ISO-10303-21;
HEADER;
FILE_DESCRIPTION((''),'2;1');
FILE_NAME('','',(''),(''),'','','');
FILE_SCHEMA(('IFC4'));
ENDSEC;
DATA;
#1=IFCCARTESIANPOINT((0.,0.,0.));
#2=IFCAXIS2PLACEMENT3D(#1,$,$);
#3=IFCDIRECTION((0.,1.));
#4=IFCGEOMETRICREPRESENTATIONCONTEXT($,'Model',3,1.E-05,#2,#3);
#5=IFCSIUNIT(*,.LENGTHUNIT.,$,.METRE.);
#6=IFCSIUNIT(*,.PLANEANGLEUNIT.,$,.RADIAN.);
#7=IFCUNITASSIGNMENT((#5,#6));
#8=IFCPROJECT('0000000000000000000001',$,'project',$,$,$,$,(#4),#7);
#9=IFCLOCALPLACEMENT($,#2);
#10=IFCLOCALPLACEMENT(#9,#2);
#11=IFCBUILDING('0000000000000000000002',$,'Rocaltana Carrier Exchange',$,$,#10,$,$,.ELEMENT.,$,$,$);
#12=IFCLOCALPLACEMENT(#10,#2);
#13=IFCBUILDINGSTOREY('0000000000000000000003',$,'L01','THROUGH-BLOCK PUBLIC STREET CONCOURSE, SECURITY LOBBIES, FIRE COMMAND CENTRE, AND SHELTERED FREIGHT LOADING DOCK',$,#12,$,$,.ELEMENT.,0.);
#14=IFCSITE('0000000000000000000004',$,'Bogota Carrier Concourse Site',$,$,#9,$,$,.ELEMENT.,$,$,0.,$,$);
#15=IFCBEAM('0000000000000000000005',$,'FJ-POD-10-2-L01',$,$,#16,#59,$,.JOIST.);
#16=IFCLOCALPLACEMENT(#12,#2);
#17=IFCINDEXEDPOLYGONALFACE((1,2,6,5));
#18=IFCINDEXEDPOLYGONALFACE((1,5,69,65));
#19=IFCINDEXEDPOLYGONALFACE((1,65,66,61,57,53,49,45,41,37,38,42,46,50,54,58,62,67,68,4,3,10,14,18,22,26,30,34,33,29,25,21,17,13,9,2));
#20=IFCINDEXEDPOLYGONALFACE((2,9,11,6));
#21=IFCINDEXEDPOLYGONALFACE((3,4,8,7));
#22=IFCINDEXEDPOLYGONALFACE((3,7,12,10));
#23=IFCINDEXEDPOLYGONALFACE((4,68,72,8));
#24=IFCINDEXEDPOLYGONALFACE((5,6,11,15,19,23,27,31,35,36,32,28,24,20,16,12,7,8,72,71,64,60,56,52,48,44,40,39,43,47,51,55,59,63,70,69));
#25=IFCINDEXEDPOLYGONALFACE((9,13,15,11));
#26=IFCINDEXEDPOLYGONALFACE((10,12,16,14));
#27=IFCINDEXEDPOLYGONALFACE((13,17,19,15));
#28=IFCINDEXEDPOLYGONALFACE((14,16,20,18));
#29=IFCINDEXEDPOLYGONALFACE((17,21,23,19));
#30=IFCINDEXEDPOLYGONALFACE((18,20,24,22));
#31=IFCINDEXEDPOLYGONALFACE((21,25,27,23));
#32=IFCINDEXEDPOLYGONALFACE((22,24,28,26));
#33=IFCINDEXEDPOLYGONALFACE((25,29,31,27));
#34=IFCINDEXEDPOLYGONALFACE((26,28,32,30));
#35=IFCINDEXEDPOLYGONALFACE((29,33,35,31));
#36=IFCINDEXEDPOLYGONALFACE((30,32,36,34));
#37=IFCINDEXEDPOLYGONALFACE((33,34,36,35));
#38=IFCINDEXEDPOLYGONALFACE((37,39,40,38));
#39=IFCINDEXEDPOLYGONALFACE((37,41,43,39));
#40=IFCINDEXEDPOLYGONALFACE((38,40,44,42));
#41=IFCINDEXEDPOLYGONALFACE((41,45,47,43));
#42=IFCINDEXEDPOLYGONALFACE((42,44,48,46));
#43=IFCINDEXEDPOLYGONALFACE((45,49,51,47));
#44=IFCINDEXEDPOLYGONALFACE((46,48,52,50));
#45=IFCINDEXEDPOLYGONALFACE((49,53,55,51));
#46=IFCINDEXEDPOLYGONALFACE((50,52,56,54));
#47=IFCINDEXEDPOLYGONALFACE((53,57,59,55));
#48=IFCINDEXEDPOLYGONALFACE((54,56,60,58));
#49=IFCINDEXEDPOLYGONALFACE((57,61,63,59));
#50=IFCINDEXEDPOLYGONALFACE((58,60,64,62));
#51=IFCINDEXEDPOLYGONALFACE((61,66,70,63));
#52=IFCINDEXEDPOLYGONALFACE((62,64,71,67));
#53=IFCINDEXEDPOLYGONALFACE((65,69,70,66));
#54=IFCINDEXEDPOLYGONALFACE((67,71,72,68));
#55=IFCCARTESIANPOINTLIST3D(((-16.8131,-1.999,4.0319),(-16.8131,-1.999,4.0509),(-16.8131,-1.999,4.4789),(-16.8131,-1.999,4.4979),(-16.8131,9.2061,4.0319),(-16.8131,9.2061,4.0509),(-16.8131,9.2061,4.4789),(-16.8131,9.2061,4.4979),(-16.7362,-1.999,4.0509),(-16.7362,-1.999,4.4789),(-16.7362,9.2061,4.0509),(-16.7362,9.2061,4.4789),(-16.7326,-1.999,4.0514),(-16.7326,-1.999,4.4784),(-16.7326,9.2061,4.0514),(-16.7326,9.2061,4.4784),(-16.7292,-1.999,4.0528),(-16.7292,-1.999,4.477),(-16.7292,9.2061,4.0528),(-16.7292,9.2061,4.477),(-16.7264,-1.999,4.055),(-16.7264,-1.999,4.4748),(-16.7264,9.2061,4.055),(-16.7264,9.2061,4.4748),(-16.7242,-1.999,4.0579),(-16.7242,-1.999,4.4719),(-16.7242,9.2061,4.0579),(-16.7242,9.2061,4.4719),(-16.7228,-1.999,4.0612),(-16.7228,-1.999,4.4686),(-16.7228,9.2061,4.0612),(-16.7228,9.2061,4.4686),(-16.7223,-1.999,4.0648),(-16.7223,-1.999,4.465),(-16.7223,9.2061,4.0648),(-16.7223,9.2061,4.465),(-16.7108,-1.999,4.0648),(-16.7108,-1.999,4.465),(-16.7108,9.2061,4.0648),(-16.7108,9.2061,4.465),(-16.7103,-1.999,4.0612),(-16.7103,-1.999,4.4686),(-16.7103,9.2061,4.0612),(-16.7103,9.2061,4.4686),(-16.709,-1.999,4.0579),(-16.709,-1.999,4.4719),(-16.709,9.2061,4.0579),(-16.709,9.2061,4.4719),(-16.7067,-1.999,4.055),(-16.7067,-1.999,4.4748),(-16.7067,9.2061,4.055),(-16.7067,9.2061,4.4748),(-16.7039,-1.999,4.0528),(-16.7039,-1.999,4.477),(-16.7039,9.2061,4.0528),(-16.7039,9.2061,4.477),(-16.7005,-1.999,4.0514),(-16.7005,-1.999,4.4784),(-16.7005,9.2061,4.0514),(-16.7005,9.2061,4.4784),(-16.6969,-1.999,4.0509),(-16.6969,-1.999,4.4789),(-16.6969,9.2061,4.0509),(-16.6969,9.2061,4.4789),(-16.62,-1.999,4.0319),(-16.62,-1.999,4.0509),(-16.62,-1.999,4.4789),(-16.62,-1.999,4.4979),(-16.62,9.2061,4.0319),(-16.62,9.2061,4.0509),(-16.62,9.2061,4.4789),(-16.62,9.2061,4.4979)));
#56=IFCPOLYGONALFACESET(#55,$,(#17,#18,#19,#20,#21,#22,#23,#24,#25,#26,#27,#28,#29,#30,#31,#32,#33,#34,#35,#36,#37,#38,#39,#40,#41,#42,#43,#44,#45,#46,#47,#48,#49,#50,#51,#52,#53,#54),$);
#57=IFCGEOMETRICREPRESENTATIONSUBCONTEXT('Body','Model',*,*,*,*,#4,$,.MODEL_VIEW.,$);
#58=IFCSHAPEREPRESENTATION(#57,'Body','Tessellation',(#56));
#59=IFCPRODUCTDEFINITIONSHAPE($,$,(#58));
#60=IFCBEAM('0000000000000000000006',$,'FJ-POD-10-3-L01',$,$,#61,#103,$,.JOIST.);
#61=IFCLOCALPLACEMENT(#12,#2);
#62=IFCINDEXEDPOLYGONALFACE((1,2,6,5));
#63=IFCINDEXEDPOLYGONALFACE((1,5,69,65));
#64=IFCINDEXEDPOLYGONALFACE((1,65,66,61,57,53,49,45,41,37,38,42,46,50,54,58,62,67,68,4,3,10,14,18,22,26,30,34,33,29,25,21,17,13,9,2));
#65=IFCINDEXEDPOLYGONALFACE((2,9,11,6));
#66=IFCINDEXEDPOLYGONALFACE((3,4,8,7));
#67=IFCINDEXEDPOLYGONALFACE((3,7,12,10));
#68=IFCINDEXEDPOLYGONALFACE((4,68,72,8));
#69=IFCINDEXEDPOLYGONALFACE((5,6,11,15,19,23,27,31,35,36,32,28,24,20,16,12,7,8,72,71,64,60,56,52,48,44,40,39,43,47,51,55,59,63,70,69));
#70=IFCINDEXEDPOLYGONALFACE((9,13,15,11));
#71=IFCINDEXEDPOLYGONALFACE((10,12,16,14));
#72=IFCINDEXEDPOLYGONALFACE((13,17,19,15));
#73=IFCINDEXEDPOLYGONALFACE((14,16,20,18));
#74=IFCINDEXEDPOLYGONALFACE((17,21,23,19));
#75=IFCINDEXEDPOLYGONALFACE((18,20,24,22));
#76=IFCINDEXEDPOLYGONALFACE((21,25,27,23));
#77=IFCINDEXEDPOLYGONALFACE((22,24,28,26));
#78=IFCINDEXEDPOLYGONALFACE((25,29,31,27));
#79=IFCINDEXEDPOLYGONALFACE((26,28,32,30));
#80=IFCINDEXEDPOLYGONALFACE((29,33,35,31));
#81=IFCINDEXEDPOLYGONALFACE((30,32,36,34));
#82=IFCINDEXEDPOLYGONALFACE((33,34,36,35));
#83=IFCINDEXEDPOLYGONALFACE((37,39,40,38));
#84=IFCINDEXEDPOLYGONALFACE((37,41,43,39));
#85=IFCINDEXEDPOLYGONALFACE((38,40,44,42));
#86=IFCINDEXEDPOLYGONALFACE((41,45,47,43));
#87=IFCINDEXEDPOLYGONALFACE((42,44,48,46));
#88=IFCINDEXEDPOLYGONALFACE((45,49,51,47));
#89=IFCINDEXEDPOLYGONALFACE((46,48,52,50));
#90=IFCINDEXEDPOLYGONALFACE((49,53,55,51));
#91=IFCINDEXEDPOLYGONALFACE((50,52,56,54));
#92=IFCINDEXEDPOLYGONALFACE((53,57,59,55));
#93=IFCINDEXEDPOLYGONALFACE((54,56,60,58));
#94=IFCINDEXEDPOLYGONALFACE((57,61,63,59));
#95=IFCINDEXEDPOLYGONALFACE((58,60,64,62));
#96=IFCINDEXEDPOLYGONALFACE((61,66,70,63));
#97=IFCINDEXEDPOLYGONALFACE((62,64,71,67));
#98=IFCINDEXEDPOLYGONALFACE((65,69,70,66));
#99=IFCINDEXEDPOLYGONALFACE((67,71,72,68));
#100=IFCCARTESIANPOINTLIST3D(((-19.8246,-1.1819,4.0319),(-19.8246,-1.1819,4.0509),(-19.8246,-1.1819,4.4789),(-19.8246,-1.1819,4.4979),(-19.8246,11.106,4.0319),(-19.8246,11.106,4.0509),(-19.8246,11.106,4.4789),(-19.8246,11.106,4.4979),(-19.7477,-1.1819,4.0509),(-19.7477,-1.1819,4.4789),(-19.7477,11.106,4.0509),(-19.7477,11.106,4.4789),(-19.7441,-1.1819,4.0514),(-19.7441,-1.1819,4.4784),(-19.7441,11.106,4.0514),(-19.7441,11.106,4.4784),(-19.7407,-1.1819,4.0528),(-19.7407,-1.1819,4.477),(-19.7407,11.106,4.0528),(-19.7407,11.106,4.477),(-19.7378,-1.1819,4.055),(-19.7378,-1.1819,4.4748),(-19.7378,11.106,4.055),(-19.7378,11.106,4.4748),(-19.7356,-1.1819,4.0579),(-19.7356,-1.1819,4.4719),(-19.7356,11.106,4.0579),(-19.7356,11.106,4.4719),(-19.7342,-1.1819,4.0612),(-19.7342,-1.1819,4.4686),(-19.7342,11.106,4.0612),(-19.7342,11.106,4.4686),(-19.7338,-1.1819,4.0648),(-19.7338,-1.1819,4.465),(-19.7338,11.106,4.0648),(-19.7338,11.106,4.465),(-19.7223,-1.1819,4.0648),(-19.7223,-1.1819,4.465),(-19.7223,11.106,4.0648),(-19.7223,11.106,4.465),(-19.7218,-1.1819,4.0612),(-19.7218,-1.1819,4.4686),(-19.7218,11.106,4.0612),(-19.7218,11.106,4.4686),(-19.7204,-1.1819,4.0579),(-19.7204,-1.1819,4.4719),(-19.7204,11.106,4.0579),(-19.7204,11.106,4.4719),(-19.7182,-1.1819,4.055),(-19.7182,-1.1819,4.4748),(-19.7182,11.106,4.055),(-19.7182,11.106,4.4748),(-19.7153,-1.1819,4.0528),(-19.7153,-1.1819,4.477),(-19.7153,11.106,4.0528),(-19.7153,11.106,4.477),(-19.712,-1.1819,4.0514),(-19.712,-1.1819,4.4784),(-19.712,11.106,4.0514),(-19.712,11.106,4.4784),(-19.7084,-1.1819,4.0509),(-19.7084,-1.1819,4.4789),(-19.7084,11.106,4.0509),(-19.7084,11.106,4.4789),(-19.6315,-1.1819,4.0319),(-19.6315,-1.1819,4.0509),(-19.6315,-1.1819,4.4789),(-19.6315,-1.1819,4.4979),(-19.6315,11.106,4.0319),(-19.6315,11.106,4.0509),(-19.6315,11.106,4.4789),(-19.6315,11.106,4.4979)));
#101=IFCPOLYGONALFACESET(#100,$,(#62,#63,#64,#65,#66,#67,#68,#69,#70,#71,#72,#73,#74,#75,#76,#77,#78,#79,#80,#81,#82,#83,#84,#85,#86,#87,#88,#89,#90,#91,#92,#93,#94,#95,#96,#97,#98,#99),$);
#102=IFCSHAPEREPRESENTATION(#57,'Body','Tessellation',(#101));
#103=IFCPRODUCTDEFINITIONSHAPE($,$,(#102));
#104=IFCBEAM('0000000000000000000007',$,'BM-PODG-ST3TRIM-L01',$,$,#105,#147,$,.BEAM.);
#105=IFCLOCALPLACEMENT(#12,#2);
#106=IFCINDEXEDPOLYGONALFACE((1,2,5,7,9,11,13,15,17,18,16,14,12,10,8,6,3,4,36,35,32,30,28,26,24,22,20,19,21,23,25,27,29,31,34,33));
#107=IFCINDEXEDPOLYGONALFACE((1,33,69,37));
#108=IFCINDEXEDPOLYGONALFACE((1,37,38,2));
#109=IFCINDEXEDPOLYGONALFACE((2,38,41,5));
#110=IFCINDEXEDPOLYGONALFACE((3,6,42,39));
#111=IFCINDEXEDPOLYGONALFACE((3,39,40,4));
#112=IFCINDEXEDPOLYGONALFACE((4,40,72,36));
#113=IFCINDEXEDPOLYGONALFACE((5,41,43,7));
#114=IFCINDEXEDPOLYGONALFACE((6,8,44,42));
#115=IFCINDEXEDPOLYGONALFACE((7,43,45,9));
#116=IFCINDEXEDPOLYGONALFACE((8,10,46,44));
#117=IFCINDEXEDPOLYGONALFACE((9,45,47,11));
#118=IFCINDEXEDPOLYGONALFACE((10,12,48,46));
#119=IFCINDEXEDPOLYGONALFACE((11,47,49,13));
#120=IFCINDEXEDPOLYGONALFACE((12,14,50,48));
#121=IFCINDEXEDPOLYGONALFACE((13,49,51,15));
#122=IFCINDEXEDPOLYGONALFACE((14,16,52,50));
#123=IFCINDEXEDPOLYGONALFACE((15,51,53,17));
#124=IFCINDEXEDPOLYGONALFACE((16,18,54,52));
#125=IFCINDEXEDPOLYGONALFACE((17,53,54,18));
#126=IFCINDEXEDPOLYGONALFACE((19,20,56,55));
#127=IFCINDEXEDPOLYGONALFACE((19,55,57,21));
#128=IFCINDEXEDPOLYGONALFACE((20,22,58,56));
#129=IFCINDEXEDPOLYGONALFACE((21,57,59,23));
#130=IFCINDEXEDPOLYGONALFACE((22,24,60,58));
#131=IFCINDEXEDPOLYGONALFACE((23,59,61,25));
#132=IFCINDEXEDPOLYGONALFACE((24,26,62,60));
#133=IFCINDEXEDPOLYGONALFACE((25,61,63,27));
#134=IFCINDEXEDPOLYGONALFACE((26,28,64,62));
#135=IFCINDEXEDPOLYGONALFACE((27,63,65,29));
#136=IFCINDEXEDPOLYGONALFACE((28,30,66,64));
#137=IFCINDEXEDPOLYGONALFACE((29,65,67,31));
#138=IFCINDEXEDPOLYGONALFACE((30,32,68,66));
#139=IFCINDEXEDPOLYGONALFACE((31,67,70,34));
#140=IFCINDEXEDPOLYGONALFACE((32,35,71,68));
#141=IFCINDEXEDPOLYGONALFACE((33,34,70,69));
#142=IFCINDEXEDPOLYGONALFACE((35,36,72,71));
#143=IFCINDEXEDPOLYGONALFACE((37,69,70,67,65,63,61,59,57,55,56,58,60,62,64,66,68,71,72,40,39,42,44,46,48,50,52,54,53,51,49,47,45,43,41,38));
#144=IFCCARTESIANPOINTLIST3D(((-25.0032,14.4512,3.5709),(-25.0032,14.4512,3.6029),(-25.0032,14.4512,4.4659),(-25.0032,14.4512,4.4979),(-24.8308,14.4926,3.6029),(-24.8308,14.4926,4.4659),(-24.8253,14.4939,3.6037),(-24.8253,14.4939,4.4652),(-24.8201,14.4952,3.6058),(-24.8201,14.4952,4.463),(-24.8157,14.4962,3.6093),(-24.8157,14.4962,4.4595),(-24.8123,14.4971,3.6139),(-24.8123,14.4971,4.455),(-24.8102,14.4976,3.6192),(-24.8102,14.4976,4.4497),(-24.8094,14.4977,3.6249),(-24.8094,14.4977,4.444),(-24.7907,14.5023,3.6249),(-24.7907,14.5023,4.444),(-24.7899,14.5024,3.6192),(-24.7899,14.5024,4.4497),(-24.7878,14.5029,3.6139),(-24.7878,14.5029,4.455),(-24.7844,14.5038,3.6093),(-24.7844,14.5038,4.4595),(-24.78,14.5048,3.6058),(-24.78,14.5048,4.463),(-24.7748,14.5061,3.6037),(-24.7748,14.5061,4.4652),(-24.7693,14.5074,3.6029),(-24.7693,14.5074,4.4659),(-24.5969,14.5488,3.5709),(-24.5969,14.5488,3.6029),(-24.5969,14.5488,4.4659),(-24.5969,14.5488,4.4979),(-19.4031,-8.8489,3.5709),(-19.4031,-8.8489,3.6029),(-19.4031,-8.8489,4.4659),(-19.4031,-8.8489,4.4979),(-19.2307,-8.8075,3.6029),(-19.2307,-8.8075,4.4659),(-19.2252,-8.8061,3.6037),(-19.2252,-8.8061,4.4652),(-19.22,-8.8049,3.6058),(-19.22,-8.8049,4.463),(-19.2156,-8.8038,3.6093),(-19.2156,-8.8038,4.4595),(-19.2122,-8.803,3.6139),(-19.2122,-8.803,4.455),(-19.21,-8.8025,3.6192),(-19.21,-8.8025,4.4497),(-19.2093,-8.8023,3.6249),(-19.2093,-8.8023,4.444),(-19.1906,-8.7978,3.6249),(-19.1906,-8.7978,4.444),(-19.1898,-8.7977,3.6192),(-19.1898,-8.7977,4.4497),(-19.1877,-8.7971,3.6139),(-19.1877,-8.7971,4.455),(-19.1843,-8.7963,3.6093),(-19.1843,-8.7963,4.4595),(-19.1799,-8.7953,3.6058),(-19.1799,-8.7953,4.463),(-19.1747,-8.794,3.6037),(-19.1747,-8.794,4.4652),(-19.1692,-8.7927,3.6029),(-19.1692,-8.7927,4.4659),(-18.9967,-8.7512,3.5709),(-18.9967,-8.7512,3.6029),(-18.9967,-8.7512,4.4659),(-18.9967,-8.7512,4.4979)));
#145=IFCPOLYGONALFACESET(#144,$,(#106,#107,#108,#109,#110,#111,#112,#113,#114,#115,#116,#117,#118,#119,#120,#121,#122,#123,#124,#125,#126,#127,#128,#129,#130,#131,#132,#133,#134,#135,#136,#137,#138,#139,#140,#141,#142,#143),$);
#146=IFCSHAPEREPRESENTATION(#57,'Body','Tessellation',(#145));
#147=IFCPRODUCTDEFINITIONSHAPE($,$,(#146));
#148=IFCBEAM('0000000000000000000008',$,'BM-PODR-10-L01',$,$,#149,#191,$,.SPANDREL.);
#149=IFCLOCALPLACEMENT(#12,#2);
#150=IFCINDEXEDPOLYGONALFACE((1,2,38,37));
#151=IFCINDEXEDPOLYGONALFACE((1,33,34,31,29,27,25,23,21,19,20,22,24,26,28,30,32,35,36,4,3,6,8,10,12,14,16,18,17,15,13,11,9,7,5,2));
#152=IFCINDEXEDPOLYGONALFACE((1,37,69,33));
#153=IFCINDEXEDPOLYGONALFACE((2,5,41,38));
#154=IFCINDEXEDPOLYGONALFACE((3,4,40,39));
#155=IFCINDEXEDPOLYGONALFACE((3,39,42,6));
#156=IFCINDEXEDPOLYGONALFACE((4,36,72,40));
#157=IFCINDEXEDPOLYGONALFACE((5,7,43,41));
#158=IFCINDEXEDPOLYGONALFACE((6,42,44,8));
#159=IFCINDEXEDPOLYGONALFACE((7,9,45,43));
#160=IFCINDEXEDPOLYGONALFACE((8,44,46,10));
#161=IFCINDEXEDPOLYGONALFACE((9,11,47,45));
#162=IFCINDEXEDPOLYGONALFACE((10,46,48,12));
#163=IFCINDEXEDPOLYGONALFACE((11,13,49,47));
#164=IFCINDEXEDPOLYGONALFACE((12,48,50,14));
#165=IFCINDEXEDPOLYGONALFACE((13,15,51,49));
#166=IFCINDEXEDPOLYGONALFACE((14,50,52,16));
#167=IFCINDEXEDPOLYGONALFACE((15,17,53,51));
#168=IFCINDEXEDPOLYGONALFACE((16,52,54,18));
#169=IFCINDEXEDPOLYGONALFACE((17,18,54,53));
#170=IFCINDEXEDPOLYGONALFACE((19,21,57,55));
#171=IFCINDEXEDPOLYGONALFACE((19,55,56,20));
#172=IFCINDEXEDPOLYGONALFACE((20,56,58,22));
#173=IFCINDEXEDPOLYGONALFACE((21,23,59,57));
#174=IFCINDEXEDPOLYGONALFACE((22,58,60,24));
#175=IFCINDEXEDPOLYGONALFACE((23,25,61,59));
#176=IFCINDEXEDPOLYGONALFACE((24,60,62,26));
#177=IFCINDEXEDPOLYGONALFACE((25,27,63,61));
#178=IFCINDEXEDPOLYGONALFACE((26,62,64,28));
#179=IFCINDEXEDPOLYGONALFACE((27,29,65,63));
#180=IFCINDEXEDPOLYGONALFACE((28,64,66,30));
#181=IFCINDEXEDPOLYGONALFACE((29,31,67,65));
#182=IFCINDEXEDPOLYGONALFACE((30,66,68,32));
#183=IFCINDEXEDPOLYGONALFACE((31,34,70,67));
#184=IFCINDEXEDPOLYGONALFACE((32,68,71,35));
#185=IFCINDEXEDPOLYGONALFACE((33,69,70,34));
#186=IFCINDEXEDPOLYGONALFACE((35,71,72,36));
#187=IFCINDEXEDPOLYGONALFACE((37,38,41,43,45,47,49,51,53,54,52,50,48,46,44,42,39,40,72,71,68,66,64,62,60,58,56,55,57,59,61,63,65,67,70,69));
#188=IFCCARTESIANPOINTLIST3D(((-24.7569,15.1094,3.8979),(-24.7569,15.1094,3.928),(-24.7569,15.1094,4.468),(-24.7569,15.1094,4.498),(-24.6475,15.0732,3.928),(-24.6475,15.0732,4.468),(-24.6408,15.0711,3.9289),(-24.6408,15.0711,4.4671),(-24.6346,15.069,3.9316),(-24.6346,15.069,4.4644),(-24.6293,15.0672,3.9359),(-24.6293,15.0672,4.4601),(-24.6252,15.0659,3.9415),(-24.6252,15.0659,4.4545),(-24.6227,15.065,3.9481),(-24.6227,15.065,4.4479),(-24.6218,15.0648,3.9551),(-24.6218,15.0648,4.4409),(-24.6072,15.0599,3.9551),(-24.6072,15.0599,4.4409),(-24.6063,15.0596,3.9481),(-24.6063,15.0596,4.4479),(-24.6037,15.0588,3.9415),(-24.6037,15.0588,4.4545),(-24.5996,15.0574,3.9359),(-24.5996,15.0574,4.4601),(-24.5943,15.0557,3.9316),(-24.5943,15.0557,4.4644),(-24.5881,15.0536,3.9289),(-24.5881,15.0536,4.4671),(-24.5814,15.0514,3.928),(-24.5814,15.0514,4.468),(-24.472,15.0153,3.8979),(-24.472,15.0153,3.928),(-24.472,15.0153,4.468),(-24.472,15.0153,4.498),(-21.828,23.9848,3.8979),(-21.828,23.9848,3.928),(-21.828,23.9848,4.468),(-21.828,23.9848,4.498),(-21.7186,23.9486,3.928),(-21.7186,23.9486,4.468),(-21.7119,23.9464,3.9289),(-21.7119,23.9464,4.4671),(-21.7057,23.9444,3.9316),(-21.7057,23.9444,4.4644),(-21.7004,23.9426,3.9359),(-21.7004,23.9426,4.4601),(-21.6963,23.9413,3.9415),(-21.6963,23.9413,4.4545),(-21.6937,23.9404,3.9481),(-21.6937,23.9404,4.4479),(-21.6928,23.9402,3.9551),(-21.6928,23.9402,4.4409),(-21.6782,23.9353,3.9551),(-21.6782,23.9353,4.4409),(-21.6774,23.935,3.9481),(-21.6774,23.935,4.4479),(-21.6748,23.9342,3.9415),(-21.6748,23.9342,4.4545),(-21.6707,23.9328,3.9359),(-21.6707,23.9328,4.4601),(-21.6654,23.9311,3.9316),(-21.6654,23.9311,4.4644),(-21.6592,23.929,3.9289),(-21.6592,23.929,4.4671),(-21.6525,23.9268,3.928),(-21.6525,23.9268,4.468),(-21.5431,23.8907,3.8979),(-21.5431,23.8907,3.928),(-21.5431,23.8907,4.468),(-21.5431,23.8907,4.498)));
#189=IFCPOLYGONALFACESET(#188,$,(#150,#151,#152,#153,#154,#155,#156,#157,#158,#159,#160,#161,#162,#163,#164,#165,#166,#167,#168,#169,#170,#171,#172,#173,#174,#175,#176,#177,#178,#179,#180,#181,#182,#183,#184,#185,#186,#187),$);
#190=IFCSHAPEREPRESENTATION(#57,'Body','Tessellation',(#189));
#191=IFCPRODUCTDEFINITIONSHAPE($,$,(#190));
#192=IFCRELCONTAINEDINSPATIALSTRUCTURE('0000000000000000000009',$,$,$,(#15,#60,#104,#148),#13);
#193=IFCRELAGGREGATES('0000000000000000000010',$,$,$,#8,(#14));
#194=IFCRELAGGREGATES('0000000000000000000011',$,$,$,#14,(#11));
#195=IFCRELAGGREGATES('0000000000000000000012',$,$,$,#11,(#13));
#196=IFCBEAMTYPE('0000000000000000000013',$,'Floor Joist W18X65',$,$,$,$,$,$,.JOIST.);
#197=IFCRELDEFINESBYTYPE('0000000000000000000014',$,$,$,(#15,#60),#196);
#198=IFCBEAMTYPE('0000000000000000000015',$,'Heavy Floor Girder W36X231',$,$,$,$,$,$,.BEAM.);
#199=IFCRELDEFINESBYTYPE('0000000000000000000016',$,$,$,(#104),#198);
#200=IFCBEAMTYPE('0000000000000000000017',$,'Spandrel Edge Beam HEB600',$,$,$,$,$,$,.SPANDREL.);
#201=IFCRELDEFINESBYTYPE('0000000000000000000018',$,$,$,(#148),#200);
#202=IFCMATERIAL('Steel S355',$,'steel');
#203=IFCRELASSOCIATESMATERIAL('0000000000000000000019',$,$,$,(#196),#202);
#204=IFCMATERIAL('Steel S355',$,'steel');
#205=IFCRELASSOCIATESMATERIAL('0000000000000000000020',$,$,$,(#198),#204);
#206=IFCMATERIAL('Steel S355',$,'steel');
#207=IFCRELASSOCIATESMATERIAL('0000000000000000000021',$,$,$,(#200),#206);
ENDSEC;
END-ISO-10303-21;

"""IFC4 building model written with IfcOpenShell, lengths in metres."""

from ifc_helpers import new_model, si_unit, direction, frame, origin, origin_2d, place, context, subcontext, project, spatial, i_section, extrude, material, material_profile, profile_set, type_object, element, save


model = new_model("IFC4")

# Units and contexts
model_context = context("Model", 3, precision=1e-05, world=origin(), true_north=direction((0.0, 1.0)))
body_context = subcontext(model_context, "Body", "Model", "MODEL_VIEW")
ifc_project = project(units=[si_unit("LENGTHUNIT", "METRE"), si_unit("PLANEANGLEUNIT", "RADIAN")], contexts=[model_context])

# Site, building, storey
site_placement = place(None, origin())
site = spatial("IfcSite", under=ifc_project, at=site_placement, Name="Bogota Carrier Concourse Site", CompositionType="ELEMENT", RefElevation=0.0)
building_placement = place(site_placement, origin())
building = spatial("IfcBuilding", under=site, at=building_placement, Name="Rocaltana Carrier Exchange", CompositionType="ELEMENT")
storey_placement = place(building_placement, origin())
storey = spatial("IfcBuildingStorey", under=building, at=storey_placement, Name="L01", Description="THROUGH-BLOCK PUBLIC STREET CONCOURSE, SECURITY LOBBIES, FIRE COMMAND CENTRE, AND SHELTERED FREIGHT LOADING DOCK", CompositionType="ELEMENT", Elevation=0.0)

# Beams
ifc_material_1 = material(Name="Steel S355", Category="steel")
ifc_material_profile_1 = material_profile(ifc_material_1, i_section(OverallWidth=0.1931, OverallDepth=0.4661, WebThickness=0.0115, FlangeThickness=0.019, FilletRadius=0.0139, at=origin_2d()), Name="W18X65")
ifc_profile_set_1 = profile_set([ifc_material_profile_1], Name="Steel S355")
beam_type_1 = type_object("IfcBeamType", Name="Floor Joist W18X65", PredefinedType="JOIST", material=ifc_profile_set_1)
beam_1_placement = place(storey_placement, frame((-16.7166, 9.2061, 4.2649), z_axis=(0.0, -1.0, 0.0), x_axis=(1.0, 0.0, 0.0)))
element("IfcBeam", 1, at=beam_1_placement, inside=storey, type_object=beam_type_1, Name="FJ-POD-10-2-L01", PredefinedType="JOIST", context=body_context, shape_type="SweptSolid", body=[
    extrude(i_section(OverallWidth=0.1931, OverallDepth=0.4661, WebThickness=0.0115, FlangeThickness=0.019, FilletRadius=0.0139, at=origin_2d()), origin(), (0.0, 0.0, 1.0), 11.2051),
])
beam_2_placement = place(storey_placement, frame((-19.728, 11.106, 4.2649), z_axis=(0.0, -1.0, 0.0), x_axis=(1.0, 0.0, 0.0)))
element("IfcBeam", 2, at=beam_2_placement, inside=storey, type_object=beam_type_1, Name="FJ-POD-10-3-L01", PredefinedType="JOIST", context=body_context, shape_type="SweptSolid", body=[
    extrude(i_section(OverallWidth=0.1931, OverallDepth=0.4661, WebThickness=0.0115, FlangeThickness=0.019, FilletRadius=0.0139, at=origin_2d()), origin(), (0.0, 0.0, 1.0), 12.2878),
])
ifc_material_2 = material(Name="Steel S355", Category="steel")
ifc_material_profile_2 = material_profile(ifc_material_2, i_section(OverallWidth=0.418, OverallDepth=0.927, WebThickness=0.0193, FlangeThickness=0.032, FilletRadius=0.022, at=origin_2d()), Name="W36X231")
ifc_profile_set_2 = profile_set([ifc_material_profile_2], Name="Steel S355")
beam_type_2 = type_object("IfcBeamType", Name="Heavy Floor Girder W36X231", PredefinedType="BEAM", material=ifc_profile_set_2)
beam_3_placement = place(storey_placement, frame((-24.8, 14.5, 4.0344), z_axis=(0.233692, -0.972311, 0.0), x_axis=(0.972311, 0.233692, 0.0)))
element("IfcBeam", 3, at=beam_3_placement, inside=storey, type_object=beam_type_2, Name="BM-PODG-ST3TRIM-L01", PredefinedType="BEAM", context=body_context, shape_type="SweptSolid", body=[
    extrude(i_section(OverallWidth=0.418, OverallDepth=0.927, WebThickness=0.0193, FlangeThickness=0.032, FilletRadius=0.022, at=origin_2d()), origin(), (0.0, 0.0, 1.0), 23.9636),
])
ifc_material_3 = material(Name="Steel S355", Category="steel")
ifc_material_profile_3 = material_profile(ifc_material_3, i_section(OverallWidth=0.3, OverallDepth=0.6001, WebThickness=0.0154, FlangeThickness=0.03, FilletRadius=0.0271, at=origin_2d()), Name="HEB600")
ifc_profile_set_3 = profile_set([ifc_material_profile_3], Name="Steel S355")
beam_type_3 = type_object("IfcBeamType", Name="Spandrel Edge Beam HEB600", PredefinedType="SPANDREL", material=ifc_profile_set_3)
beam_4_placement = place(storey_placement, frame((-21.6855, 23.9377, 4.198), z_axis=(-0.313382, -0.949627, 0.0), x_axis=(0.949627, -0.313382, 0.0)))
element("IfcBeam", 4, at=beam_4_placement, inside=storey, type_object=beam_type_3, Name="BM-PODR-10-L01", PredefinedType="SPANDREL", context=body_context, shape_type="SweptSolid", body=[
    extrude(i_section(OverallWidth=0.3, OverallDepth=0.6001, WebThickness=0.0154, FlangeThickness=0.03, FilletRadius=0.0271, at=origin_2d()), origin(), (0.0, 0.0, 1.0), 9.3462),
])

save(model, "model.ifc")
